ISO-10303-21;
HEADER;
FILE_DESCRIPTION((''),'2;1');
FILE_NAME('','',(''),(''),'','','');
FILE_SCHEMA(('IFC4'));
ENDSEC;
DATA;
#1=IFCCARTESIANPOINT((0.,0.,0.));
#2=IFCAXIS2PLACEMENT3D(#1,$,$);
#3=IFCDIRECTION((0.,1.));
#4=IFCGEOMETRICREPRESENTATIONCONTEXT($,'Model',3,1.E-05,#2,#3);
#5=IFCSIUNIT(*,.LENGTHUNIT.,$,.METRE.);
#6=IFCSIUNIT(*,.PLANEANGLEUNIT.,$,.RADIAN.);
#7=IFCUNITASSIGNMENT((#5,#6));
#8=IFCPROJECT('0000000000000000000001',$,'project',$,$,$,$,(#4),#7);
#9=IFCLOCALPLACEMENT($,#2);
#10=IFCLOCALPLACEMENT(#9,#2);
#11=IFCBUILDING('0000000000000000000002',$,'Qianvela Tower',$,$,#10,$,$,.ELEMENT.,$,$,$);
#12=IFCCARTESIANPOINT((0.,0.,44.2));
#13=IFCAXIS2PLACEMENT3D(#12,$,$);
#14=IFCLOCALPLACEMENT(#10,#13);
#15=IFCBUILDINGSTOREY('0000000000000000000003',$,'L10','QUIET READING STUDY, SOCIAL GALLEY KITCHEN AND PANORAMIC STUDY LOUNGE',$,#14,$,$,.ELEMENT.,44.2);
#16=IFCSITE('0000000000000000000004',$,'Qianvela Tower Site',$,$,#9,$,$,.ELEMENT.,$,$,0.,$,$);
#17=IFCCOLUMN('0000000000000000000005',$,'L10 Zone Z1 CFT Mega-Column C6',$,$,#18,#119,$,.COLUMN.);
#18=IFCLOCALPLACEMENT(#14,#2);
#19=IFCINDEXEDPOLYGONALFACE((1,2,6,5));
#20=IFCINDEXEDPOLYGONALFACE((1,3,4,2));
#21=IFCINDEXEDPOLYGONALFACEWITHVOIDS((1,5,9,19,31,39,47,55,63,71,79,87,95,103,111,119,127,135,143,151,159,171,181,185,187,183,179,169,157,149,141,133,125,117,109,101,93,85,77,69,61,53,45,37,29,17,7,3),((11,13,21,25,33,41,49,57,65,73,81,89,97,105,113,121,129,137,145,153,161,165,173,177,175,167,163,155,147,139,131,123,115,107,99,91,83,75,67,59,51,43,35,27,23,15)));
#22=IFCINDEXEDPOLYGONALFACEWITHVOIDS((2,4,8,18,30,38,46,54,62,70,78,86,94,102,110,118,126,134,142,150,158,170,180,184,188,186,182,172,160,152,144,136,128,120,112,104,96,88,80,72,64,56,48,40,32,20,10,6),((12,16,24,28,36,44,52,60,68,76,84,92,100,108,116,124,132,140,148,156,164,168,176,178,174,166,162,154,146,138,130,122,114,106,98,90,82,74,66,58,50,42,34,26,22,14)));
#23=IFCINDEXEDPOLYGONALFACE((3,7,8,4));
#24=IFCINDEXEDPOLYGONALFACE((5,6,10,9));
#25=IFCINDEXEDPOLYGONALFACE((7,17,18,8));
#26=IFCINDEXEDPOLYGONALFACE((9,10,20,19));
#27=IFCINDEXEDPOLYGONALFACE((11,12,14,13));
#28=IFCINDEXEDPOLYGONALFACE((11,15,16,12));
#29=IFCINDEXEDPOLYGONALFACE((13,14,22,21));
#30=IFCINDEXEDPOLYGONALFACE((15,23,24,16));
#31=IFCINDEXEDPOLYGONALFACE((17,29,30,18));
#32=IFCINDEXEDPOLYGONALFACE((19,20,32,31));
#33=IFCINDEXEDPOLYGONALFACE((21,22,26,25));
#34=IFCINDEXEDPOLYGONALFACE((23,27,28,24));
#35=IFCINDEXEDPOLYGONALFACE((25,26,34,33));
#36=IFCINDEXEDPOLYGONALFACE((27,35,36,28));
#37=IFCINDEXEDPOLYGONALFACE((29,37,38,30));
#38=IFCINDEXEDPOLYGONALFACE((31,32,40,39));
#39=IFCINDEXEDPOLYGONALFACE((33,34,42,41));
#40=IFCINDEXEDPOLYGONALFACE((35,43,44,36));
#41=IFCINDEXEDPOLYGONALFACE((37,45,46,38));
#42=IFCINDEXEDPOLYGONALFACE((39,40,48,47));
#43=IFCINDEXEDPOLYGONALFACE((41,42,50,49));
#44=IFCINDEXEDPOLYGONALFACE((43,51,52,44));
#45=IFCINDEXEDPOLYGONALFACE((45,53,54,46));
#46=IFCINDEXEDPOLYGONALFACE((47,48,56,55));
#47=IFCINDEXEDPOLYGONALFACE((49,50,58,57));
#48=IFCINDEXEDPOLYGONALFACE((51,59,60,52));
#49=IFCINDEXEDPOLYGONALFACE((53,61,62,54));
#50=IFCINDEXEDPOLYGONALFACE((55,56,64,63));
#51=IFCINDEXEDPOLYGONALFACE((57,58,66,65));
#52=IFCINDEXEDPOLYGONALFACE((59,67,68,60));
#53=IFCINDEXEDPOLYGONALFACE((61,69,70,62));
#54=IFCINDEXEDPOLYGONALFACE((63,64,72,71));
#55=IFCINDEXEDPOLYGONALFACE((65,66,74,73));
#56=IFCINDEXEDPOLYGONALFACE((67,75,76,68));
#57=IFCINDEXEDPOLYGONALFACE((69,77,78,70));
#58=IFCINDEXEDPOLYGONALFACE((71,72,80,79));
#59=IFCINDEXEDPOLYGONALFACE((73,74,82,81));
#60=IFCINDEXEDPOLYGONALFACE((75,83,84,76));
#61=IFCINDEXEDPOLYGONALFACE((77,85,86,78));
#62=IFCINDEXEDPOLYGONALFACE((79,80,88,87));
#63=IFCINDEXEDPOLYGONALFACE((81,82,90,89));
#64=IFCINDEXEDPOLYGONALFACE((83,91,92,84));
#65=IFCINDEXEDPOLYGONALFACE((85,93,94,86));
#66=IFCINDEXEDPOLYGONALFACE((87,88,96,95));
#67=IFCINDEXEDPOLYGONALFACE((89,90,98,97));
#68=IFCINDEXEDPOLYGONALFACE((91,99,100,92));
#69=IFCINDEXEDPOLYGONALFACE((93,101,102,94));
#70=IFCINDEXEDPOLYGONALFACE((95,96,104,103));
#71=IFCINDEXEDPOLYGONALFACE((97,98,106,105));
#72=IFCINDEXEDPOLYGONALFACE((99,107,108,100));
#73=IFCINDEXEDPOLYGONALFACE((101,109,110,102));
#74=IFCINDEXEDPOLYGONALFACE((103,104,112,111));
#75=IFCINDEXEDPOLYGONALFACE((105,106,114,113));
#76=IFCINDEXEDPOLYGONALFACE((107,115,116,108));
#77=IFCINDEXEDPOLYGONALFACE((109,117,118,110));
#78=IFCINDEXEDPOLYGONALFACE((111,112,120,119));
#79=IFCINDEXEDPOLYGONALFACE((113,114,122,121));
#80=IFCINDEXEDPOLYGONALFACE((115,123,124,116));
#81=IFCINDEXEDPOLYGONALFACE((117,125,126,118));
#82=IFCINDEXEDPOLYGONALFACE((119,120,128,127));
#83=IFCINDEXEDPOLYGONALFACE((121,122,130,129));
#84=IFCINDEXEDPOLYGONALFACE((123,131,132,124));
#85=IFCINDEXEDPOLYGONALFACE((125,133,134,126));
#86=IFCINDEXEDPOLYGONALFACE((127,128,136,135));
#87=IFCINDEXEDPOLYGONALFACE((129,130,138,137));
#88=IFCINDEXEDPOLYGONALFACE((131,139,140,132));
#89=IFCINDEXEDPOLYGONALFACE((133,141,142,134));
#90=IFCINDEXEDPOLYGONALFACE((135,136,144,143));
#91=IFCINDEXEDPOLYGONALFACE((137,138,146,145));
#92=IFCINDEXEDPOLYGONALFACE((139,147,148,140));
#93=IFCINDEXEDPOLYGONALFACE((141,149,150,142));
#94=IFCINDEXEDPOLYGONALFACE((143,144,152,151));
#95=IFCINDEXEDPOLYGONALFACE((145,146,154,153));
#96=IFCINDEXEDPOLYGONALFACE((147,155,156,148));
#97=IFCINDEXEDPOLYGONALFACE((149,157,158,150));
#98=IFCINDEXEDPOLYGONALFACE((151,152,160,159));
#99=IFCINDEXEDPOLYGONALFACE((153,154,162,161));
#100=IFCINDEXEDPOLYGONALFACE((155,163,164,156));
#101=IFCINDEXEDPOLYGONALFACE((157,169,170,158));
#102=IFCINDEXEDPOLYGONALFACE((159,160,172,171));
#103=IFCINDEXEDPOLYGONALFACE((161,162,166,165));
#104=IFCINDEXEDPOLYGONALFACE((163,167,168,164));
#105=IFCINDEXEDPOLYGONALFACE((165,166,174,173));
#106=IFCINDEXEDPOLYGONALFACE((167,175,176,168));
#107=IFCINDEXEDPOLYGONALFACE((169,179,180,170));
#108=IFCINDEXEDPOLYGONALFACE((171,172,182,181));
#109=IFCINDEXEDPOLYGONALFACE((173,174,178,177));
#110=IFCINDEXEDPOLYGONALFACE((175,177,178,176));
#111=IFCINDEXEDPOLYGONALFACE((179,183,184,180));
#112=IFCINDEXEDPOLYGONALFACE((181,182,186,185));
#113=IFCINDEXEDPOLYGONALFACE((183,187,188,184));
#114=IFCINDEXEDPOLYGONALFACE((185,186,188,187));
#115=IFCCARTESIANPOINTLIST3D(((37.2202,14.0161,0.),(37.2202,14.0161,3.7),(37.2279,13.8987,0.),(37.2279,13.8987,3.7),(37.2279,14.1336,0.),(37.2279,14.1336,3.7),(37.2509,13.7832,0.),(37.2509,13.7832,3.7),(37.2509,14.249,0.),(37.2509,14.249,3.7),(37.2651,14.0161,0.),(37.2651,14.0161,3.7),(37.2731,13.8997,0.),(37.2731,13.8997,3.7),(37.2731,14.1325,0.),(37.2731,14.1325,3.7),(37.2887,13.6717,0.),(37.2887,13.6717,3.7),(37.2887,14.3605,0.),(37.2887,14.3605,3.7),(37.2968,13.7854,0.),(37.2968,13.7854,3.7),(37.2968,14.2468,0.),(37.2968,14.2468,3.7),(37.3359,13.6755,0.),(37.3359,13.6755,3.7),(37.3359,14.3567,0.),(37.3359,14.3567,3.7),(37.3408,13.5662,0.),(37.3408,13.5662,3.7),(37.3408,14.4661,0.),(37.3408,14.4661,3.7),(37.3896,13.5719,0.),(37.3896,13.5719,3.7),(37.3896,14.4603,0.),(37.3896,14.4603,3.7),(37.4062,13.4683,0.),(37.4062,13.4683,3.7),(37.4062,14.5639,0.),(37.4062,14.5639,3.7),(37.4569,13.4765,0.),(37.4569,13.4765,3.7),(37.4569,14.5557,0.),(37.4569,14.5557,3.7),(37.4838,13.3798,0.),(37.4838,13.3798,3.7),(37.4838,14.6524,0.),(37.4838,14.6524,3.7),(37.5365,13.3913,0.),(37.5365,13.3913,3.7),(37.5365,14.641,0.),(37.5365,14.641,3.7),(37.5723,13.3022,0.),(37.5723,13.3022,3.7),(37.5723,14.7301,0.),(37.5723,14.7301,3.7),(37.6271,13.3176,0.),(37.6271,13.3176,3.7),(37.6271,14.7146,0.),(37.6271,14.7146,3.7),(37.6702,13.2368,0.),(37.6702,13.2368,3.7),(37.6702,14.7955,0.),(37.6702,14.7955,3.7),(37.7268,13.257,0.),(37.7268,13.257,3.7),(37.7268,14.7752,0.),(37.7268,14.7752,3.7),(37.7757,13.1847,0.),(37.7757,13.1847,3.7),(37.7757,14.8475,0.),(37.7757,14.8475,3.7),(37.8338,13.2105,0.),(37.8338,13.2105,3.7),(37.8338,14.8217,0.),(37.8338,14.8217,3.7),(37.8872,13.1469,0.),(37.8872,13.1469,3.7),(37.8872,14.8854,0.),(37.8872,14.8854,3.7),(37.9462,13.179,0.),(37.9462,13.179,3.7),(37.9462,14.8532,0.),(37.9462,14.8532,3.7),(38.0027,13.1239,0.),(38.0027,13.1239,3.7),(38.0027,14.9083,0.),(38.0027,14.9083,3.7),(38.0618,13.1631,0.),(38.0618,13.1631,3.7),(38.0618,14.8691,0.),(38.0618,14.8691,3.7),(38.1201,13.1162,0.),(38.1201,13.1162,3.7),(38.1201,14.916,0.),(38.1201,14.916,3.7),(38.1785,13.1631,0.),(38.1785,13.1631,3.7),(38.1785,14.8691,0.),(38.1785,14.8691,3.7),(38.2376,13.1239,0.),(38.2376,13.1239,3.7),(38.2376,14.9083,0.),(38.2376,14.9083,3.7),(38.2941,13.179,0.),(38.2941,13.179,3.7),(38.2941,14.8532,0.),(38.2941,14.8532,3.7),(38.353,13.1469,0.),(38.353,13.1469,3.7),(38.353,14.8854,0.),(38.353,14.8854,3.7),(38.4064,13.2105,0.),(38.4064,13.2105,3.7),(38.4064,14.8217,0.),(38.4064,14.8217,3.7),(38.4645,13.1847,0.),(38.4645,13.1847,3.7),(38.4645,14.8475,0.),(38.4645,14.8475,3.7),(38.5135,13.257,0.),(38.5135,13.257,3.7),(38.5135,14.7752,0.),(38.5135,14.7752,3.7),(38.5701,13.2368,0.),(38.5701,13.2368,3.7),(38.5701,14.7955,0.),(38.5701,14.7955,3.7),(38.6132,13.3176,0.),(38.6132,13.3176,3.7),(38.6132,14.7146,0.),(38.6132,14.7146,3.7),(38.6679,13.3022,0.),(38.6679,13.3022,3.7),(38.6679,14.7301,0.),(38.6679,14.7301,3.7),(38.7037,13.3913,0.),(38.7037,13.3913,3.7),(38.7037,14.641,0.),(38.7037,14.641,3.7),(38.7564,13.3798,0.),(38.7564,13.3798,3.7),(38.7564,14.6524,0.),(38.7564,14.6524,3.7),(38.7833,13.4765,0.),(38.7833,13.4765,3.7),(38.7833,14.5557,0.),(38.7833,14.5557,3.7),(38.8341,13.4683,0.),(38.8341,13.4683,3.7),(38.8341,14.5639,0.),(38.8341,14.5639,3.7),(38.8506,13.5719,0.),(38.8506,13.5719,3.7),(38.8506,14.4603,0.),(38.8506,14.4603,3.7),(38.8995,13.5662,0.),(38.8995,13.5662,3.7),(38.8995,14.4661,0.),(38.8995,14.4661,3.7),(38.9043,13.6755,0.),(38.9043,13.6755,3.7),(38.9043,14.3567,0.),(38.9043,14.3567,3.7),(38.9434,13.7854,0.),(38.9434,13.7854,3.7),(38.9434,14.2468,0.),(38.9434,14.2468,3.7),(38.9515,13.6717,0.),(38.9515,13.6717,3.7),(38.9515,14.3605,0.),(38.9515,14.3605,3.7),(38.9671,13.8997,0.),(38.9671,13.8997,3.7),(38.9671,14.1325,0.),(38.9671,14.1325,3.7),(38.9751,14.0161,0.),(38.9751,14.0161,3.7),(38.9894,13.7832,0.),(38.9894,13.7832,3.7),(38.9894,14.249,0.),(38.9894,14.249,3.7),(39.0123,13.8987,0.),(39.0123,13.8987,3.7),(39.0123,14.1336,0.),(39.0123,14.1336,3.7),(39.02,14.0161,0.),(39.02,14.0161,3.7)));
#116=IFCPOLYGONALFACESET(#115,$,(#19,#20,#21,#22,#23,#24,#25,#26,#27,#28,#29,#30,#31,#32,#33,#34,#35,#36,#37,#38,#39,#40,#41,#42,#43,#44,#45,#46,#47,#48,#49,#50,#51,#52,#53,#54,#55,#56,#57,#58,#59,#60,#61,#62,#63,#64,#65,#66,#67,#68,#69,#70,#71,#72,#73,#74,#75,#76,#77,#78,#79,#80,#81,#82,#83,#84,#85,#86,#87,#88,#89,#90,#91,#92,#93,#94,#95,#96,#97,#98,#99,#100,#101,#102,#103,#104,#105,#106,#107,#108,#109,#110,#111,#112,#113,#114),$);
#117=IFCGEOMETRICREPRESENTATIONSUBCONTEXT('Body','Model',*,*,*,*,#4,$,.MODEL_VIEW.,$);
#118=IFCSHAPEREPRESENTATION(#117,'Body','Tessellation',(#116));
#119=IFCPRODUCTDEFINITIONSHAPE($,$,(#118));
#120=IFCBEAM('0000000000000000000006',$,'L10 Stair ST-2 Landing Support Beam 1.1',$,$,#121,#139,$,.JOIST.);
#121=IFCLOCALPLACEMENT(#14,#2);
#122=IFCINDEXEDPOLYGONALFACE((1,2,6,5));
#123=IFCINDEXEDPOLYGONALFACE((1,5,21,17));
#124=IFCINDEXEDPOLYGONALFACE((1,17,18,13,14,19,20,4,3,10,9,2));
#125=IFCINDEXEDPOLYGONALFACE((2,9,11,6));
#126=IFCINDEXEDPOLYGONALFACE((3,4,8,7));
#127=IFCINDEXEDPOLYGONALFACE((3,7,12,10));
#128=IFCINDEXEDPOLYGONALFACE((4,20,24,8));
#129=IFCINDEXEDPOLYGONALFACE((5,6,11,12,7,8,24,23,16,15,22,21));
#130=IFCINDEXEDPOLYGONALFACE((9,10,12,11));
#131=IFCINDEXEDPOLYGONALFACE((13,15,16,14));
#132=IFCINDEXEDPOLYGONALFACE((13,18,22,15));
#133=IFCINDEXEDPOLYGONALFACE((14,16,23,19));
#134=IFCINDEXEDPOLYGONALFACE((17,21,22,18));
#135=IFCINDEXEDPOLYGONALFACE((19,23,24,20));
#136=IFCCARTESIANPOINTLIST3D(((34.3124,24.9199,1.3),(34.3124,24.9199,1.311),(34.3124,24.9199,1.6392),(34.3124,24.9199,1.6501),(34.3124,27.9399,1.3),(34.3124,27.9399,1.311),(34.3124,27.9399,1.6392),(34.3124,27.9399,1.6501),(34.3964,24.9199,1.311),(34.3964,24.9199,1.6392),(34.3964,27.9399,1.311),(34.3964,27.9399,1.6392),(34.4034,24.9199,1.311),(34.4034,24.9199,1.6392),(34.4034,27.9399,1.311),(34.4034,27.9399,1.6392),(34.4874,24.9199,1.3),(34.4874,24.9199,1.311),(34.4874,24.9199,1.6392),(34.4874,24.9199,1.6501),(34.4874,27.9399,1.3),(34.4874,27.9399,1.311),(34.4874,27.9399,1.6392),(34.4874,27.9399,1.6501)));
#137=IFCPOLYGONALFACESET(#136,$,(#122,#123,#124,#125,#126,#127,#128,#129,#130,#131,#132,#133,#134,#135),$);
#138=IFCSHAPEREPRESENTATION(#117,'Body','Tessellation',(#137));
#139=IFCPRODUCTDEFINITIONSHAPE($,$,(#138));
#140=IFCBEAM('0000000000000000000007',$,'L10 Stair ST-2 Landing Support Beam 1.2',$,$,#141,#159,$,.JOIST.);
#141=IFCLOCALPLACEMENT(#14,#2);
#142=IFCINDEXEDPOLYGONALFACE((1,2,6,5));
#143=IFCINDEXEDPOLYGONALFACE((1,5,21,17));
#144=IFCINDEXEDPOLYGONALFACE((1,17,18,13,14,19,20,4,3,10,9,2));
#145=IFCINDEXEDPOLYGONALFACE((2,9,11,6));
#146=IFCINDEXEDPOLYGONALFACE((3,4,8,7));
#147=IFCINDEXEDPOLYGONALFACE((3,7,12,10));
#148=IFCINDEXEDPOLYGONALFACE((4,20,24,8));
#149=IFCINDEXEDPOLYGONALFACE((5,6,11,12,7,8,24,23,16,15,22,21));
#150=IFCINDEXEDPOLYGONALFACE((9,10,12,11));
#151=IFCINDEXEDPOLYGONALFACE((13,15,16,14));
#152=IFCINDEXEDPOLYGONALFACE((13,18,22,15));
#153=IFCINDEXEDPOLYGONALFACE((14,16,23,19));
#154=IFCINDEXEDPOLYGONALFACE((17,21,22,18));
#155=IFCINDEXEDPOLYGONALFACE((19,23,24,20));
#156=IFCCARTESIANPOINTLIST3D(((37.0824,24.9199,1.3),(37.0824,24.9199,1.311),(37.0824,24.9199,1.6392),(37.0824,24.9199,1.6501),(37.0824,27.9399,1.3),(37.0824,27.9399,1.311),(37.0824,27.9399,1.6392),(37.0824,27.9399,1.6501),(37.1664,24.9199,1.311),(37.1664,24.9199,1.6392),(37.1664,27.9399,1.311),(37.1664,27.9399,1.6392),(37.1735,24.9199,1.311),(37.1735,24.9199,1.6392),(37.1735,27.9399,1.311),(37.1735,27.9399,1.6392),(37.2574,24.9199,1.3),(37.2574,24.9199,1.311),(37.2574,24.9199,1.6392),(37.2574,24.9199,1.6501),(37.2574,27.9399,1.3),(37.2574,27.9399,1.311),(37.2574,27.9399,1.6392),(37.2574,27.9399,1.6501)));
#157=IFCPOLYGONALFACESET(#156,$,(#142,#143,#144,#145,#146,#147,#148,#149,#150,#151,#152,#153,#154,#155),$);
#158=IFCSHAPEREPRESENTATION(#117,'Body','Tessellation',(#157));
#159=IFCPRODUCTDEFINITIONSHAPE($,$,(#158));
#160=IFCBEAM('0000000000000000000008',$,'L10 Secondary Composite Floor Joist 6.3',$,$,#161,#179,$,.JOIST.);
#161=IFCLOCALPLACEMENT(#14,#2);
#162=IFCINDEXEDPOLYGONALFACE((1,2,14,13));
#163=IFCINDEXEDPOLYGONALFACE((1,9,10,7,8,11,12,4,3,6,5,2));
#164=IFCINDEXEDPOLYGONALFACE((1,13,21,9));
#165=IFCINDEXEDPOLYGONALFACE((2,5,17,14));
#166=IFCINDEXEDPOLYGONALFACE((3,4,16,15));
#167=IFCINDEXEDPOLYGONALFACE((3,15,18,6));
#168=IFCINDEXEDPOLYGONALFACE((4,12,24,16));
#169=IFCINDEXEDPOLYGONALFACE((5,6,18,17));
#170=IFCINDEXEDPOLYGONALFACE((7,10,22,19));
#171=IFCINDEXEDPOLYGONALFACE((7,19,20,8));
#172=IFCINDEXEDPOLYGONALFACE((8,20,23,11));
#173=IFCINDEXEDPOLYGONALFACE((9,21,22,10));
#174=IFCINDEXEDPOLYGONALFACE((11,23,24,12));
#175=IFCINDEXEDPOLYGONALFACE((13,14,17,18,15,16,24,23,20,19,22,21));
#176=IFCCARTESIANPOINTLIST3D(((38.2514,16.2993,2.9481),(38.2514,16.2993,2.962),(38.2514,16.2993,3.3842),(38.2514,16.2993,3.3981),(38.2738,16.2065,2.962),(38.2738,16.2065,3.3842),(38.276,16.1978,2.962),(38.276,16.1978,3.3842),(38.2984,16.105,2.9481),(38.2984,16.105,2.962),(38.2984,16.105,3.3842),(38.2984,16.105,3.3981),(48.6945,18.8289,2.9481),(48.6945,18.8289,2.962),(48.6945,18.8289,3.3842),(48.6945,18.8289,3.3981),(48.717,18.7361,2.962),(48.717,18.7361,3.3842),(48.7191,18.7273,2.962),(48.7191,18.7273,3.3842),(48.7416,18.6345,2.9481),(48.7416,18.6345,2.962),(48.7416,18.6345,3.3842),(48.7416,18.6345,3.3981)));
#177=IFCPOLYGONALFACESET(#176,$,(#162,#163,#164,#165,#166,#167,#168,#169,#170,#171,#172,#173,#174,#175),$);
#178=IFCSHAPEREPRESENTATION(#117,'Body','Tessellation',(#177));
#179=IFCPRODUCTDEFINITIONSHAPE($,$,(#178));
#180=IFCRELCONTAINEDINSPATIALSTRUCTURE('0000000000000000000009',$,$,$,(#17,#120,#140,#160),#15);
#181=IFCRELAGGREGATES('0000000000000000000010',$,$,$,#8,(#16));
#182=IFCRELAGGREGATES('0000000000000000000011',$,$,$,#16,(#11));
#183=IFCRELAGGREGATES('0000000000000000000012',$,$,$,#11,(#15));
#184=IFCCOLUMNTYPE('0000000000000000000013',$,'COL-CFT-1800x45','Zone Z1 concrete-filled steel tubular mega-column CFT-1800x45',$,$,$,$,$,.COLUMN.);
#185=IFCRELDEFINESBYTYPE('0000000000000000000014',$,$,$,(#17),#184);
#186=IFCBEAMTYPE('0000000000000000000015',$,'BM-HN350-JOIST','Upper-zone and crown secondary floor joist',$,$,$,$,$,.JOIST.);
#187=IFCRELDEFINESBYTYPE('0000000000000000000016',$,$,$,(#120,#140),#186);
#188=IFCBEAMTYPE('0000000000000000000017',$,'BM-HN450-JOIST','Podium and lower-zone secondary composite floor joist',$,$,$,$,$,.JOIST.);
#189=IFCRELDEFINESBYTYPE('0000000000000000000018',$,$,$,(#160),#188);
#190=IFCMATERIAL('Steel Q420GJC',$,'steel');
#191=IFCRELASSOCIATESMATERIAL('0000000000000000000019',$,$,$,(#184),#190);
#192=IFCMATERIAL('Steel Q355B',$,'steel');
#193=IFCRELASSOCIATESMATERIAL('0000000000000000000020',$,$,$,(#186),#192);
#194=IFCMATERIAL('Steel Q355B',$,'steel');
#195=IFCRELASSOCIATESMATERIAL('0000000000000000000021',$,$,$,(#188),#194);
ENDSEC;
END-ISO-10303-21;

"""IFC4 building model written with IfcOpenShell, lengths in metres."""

from ifc_helpers import new_model, si_unit, direction, frame, origin, origin_2d, place, context, subcontext, project, spatial, hollow_circle, i_section, extrude, material, material_profile, profile_set, type_object, element, save


model = new_model("IFC4")

# Units and contexts
model_context = context("Model", 3, precision=1e-05, world=origin(), true_north=direction((0.0, 1.0)))
body_context = subcontext(model_context, "Body", "Model", "MODEL_VIEW")
ifc_project = project(units=[si_unit("LENGTHUNIT", "METRE"), si_unit("PLANEANGLEUNIT", "RADIAN")], contexts=[model_context])

# Site, building, storey
site_placement = place(None, origin())
site = spatial("IfcSite", under=ifc_project, at=site_placement, Name="Qianvela Tower Site", CompositionType="ELEMENT", RefElevation=0.0)
building_placement = place(site_placement, origin())
building = spatial("IfcBuilding", under=site, at=building_placement, Name="Qianvela Tower", CompositionType="ELEMENT")
storey_placement = place(building_placement, frame((0.0, 0.0, 44.2)))
storey = spatial("IfcBuildingStorey", under=building, at=storey_placement, Name="L10", Description="QUIET READING STUDY, SOCIAL GALLEY KITCHEN AND PANORAMIC STUDY LOUNGE", CompositionType="ELEMENT", Elevation=44.2)

# Column
ifc_material_1 = material(Name="Steel Q420GJC", Category="steel")
ifc_material_profile_1 = material_profile(ifc_material_1, hollow_circle(Radius=0.8999, WallThickness=0.0449, at=origin_2d()), Name="CFT-1800x45")
ifc_profile_set_1 = profile_set([ifc_material_profile_1], Name="Steel Q420GJC")
column_type = type_object("IfcColumnType", Name="COL-CFT-1800x45", Description="Zone Z1 concrete-filled steel tubular mega-column CFT-1800x45", PredefinedType="COLUMN", material=ifc_profile_set_1)
for number, where, z_axis, x_axis, name in (
    (1, (38.1201, 14.0161, 0.0), (0.0, 0.0, 1.0), (1.0, 0.0, 0.0), "L10 Zone Z1 CFT Mega-Column C6"),
):
    element("IfcColumn", number, at=place(storey_placement, frame(where, z_axis=z_axis, x_axis=x_axis)), inside=storey, type_object=column_type, Name=name, PredefinedType="COLUMN", context=body_context, shape_type="SweptSolid", body=[
        extrude(hollow_circle(Radius=0.8999, WallThickness=0.0449, at=origin_2d()), origin(), (0.0, 0.0, 1.0), 3.7),
    ])

# Beams
ifc_material_2 = material(Name="Steel Q355B", Category="steel")
ifc_material_profile_2 = material_profile(ifc_material_2, i_section(OverallWidth=0.175, OverallDepth=0.3501, WebThickness=0.0071, FlangeThickness=0.011, at=origin_2d()), Name="HN350x175x7x11")
ifc_profile_set_2 = profile_set([ifc_material_profile_2], Name="Steel Q355B")
beam_type_1 = type_object("IfcBeamType", Name="BM-HN350-JOIST", Description="Upper-zone and crown secondary floor joist", PredefinedType="JOIST", material=ifc_profile_set_2)
for number, where, z_axis, x_axis, name in (
    (2, (34.3999, 24.9199, 1.4751), (0.0, 1.0, 0.0), (-1.0, 0.0, 0.0), "L10 Stair ST-2 Landing Support Beam 1.1"),
    (3, (37.1699, 24.9199, 1.4751), (0.0, 1.0, 0.0), (-1.0, 0.0, 0.0), "L10 Stair ST-2 Landing Support Beam 1.2"),
):
    element("IfcBeam", number, at=place(storey_placement, frame(where, z_axis=z_axis, x_axis=x_axis)), inside=storey, type_object=beam_type_1, Name=name, PredefinedType="JOIST", context=body_context, shape_type="SweptSolid", body=[
        extrude(i_section(OverallWidth=0.175, OverallDepth=0.3501, WebThickness=0.0071, FlangeThickness=0.011, at=origin_2d()), origin(), (0.0, 0.0, 1.0), 3.02),
    ])
ifc_material_3 = material(Name="Steel Q355B", Category="steel")
ifc_material_profile_3 = material_profile(ifc_material_3, i_section(OverallWidth=0.2, OverallDepth=0.45, WebThickness=0.009, FlangeThickness=0.0139, at=origin_2d()), Name="HN450x200x9x14")
ifc_profile_set_3 = profile_set([ifc_material_profile_3], Name="Steel Q355B")
beam_type_2 = type_object("IfcBeamType", Name="BM-HN450-JOIST", Description="Podium and lower-zone secondary composite floor joist", PredefinedType="JOIST", material=ifc_profile_set_3)
beam_1_placement = place(storey_placement, frame((38.2749, 16.2021, 3.1731), z_axis=(0.971895, 0.235413, 0.0), x_axis=(-0.235413, 0.971895, 0.0)))
element("IfcBeam", 4, at=beam_1_placement, inside=storey, type_object=beam_type_2, Name="L10 Secondary Composite Floor Joist 6.3", PredefinedType="JOIST", context=body_context, shape_type="SweptSolid", body=[
    extrude(i_section(OverallWidth=0.2, OverallDepth=0.45, WebThickness=0.009, FlangeThickness=0.0139, at=origin_2d()), origin(), (0.0, 0.0, 1.0), 10.7451),
])

save(model, "model.ifc")
